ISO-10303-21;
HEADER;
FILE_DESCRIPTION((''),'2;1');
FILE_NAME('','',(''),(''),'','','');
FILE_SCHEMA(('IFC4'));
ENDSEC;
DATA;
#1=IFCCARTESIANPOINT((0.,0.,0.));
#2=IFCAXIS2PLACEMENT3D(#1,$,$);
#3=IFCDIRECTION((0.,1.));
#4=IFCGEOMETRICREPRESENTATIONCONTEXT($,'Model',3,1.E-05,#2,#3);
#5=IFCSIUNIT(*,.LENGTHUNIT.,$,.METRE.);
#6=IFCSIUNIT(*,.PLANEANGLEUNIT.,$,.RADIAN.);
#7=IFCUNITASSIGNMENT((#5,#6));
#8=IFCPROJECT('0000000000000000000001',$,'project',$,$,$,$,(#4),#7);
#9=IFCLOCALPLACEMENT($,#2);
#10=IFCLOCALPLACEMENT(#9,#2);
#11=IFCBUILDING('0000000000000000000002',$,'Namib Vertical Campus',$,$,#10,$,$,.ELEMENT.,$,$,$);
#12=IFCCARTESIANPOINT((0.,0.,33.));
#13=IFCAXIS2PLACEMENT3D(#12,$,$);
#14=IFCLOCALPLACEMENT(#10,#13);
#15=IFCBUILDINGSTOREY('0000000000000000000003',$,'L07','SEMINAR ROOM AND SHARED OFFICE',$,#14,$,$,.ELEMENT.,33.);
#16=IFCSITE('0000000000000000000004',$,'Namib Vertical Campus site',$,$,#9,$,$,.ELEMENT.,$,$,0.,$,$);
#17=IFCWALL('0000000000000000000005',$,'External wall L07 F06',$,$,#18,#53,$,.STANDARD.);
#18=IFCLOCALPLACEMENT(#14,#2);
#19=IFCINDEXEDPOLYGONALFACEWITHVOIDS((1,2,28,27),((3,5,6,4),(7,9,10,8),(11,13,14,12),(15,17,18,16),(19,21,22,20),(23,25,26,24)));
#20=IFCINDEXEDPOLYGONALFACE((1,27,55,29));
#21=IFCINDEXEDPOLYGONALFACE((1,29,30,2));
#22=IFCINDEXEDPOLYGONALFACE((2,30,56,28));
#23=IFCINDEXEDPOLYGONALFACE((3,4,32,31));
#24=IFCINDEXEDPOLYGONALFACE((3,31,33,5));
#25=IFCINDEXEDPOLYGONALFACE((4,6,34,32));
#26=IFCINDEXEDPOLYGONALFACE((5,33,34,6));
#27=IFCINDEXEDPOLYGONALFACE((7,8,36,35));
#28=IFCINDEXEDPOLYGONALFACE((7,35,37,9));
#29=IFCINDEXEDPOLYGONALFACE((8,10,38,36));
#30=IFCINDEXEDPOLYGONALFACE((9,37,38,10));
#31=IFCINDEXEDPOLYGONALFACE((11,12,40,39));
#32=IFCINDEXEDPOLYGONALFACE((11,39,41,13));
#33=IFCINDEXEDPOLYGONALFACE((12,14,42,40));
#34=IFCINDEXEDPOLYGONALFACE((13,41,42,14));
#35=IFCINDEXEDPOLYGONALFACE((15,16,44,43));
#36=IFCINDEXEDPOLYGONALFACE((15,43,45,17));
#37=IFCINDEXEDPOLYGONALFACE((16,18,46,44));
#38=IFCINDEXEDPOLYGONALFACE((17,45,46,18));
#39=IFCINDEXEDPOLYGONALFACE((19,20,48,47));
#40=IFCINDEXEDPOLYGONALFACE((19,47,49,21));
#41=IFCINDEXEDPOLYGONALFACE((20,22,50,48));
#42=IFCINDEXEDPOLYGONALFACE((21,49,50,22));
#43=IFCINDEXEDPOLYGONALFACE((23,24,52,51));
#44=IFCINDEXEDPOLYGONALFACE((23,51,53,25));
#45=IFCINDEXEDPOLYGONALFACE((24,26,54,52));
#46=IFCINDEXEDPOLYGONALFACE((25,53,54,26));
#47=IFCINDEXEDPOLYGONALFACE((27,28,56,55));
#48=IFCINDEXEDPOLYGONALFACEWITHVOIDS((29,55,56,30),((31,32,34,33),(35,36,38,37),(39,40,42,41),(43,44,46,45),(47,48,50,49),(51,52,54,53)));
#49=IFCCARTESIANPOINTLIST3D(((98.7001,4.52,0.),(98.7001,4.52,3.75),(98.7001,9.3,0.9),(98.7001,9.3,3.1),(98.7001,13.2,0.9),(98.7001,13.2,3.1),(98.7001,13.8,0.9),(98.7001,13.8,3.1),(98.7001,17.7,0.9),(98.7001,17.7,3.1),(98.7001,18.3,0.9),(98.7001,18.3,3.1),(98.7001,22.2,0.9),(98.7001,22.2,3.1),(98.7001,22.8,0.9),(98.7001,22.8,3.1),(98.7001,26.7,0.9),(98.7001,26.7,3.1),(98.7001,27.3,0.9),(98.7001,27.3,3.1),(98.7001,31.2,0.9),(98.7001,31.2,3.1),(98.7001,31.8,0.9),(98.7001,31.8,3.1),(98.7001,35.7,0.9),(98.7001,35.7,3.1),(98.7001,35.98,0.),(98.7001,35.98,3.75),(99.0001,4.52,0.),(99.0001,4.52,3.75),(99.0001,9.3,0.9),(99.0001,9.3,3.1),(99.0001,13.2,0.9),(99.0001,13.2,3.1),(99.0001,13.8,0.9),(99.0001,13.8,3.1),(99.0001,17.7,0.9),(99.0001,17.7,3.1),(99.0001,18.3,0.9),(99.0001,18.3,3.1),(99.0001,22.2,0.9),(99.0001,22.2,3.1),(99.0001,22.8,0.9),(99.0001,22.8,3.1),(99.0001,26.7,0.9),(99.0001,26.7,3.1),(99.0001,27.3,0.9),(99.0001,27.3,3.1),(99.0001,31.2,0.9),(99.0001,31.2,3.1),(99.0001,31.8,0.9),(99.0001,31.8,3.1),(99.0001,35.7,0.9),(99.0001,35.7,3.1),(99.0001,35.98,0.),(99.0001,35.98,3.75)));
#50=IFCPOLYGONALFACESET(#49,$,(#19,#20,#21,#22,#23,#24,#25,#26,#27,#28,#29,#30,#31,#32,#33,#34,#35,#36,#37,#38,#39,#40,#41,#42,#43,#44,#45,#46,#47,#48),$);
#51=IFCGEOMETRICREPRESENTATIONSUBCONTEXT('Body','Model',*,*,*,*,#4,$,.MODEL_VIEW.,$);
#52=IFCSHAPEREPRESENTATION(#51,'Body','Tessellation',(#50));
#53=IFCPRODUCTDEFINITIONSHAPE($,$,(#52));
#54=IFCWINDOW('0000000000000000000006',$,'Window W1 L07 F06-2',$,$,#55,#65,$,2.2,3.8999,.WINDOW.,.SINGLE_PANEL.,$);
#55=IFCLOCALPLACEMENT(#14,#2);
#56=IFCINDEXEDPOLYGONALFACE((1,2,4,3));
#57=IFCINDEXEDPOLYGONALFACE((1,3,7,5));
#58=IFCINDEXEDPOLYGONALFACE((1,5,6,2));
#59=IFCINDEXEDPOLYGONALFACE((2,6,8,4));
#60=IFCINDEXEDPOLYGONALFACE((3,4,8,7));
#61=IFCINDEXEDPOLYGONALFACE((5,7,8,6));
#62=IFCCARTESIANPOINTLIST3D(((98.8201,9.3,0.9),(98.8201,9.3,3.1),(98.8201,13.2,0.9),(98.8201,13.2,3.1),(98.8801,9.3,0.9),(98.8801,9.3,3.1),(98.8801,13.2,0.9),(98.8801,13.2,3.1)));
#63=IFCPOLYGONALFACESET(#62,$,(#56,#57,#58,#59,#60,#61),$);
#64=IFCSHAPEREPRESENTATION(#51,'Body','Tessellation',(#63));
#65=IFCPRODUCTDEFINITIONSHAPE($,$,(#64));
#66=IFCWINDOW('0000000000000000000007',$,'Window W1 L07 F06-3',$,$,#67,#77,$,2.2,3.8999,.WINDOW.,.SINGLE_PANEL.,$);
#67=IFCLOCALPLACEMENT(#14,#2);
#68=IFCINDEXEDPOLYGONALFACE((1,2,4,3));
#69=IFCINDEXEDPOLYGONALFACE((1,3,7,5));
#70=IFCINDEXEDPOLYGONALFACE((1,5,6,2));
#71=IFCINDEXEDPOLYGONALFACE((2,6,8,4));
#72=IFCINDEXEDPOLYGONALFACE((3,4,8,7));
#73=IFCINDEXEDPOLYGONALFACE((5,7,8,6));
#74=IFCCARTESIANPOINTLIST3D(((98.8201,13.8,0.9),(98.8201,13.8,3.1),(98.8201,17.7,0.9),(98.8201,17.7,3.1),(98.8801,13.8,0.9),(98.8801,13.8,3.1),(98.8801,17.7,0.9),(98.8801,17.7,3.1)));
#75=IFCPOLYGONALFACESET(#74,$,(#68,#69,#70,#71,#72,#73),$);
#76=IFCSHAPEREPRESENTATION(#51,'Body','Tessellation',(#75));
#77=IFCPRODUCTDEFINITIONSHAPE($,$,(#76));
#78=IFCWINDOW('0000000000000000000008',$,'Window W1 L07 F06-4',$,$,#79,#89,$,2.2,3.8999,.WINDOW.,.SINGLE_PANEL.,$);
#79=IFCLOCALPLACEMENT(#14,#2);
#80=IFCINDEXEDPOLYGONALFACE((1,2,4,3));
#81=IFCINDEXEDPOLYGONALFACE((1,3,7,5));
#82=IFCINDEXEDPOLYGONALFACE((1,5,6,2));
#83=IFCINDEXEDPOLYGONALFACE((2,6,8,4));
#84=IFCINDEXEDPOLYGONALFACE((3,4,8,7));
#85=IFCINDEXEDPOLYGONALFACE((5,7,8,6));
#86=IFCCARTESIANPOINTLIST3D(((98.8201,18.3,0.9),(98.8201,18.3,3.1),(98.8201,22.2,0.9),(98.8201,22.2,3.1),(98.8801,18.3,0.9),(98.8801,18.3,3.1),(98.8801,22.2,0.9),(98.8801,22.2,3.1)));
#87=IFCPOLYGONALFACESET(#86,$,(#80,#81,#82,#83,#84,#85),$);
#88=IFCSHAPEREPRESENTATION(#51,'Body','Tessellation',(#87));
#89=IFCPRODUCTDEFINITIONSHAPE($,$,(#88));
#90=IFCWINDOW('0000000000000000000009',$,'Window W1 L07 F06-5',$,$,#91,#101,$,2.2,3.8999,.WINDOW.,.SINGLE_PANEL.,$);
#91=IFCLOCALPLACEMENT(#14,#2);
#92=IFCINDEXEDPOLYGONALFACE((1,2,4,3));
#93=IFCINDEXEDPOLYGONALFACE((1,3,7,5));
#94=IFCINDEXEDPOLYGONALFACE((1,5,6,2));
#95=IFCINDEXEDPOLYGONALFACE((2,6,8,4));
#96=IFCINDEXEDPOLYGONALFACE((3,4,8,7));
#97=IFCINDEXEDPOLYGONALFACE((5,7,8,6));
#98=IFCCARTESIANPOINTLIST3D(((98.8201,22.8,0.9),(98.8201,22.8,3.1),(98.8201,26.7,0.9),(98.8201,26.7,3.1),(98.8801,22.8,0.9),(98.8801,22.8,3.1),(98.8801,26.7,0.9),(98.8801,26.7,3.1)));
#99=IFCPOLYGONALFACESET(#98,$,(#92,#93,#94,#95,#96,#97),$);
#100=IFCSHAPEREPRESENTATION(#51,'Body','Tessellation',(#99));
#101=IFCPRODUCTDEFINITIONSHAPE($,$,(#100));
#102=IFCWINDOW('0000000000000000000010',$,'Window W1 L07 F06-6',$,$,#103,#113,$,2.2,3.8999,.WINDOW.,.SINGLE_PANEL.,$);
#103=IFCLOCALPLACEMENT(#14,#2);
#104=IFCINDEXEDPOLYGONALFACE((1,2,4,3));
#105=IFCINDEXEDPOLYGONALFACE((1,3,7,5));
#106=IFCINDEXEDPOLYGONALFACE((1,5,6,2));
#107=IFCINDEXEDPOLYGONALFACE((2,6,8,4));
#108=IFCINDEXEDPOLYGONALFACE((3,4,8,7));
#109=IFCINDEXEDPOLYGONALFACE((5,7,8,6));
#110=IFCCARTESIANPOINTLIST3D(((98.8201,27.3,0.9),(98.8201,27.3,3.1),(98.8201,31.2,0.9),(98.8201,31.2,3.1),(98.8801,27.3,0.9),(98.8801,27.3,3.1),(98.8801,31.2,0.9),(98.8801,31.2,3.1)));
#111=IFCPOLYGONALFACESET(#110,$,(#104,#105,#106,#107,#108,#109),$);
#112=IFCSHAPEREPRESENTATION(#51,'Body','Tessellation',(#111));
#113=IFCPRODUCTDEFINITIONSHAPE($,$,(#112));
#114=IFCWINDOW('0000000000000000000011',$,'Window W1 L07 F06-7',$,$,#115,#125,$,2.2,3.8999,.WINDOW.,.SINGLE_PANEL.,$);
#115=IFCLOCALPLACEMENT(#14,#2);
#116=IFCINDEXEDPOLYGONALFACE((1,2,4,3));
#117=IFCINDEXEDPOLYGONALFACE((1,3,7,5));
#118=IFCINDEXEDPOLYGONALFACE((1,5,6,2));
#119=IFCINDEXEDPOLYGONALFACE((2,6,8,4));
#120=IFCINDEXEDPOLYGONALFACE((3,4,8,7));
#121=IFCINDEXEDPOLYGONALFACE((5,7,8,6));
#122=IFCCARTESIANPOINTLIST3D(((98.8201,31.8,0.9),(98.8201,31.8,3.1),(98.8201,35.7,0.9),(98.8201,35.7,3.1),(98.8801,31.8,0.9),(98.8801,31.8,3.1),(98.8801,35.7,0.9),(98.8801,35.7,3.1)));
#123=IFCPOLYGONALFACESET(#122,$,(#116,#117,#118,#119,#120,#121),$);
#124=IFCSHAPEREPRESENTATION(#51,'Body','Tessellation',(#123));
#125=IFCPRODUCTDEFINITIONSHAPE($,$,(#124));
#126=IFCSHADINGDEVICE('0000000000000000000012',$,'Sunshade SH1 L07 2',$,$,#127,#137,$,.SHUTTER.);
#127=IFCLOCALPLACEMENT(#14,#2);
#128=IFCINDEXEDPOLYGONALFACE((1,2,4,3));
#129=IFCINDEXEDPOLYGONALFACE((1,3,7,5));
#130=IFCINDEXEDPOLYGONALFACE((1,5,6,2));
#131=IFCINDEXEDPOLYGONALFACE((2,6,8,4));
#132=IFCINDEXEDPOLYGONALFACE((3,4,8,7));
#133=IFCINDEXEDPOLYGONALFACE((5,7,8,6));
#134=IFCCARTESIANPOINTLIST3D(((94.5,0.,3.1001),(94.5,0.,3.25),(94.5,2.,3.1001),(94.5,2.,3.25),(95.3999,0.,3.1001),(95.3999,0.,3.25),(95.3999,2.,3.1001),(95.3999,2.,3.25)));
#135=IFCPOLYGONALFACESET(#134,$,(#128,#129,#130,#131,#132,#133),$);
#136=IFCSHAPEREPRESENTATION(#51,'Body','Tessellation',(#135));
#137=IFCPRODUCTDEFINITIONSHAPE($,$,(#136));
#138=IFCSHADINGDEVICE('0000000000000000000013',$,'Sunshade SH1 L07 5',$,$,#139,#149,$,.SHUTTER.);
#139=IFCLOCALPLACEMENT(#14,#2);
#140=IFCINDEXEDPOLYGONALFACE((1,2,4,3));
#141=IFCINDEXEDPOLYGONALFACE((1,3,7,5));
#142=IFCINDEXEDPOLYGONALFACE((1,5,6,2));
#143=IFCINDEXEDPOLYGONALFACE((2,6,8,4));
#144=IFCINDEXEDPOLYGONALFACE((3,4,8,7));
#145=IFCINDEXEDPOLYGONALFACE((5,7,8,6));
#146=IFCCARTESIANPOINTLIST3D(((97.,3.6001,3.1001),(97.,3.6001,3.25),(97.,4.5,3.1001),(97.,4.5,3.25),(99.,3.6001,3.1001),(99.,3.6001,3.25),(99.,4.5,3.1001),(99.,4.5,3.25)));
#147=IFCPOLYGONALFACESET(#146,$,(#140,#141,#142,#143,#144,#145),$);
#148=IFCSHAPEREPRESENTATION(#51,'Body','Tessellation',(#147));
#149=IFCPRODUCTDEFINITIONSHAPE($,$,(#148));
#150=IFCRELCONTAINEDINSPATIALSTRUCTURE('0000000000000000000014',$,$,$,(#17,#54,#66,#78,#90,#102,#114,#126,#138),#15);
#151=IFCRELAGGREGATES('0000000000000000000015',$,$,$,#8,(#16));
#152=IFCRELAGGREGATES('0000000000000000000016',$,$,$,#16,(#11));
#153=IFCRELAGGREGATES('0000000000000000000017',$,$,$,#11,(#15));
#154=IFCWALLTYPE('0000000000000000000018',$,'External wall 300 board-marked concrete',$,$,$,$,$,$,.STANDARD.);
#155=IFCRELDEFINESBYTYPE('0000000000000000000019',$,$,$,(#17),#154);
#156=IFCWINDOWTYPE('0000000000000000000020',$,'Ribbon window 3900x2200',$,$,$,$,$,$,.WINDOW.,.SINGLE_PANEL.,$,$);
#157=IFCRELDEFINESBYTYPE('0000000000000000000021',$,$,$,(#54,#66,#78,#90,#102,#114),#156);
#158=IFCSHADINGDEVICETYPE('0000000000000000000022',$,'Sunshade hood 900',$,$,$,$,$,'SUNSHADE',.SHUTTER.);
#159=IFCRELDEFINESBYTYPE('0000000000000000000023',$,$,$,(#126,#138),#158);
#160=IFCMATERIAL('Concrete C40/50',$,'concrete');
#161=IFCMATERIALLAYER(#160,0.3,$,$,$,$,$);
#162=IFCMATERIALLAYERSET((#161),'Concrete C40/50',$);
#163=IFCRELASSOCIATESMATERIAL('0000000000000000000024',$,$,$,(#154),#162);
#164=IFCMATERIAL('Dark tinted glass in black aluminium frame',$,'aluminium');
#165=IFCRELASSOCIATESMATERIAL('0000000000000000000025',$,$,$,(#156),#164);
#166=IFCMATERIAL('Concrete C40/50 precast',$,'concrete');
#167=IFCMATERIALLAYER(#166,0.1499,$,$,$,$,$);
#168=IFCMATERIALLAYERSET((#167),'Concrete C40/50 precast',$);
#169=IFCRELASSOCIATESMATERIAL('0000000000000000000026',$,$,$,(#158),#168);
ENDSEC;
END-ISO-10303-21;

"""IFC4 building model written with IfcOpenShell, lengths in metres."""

from ifc_helpers import new_model, si_unit, direction, frame, frame_2d, origin, origin_2d, place, context, subcontext, project, spatial, rectangle, extrude, material, layer, layer_set, type_object, element, fill, save


model = new_model("IFC4")

# Units and contexts
model_context = context("Model", 3, precision=1e-05, world=origin(), true_north=direction((0.0, 1.0)))
body_context = subcontext(model_context, "Body", "Model", "MODEL_VIEW")
ifc_project = project(units=[si_unit("LENGTHUNIT", "METRE"), si_unit("PLANEANGLEUNIT", "RADIAN")], contexts=[model_context])

# Site, building, storey
site_placement = place(None, origin())
site = spatial("IfcSite", under=ifc_project, at=site_placement, Name="Namib Vertical Campus site", CompositionType="ELEMENT", RefElevation=0.0)
building_placement = place(site_placement, origin())
building = spatial("IfcBuilding", under=site, at=building_placement, Name="Namib Vertical Campus", CompositionType="ELEMENT")
storey_placement = place(building_placement, frame((0.0, 0.0, 33.0)))
storey = spatial("IfcBuildingStorey", under=building, at=storey_placement, Name="L07", Description="SEMINAR ROOM AND SHARED OFFICE", CompositionType="ELEMENT", Elevation=33.0)

# Shared definitions
ifc_material_1 = material(Name="Concrete C40/50", Category="concrete")
ifc_layer_1 = layer(ifc_material_1, 0.3)
ifc_layer_set_1 = layer_set([ifc_layer_1], Name="Concrete C40/50")
wall_type = type_object("IfcWallType", Name="External wall 300 board-marked concrete", PredefinedType="STANDARD", material=ifc_layer_set_1)

# Wall, openings, windows
wall_1_placement = place(storey_placement, frame((98.8501, 4.52, 0.0), z_axis=(0.0, 0.0, 1.0), x_axis=(0.0, 1.0, 0.0)))
wall_1 = element("IfcWall", 1, at=wall_1_placement, inside=storey, type_object=wall_type, Name="External wall L07 F06", PredefinedType="STANDARD", context=body_context, shape_type="SweptSolid", body=[
    extrude(rectangle(XDim=31.46, YDim=0.3, at=frame_2d((15.73, 0.0))), origin(), (0.0, 0.0, 1.0), 3.75),
])
opening_1_placement = place(wall_1_placement, frame((4.78, 0.0, 0.8999)))
opening_1 = element("IfcOpeningElement", 2, at=opening_1_placement, cuts=wall_1, PredefinedType="OPENING", context=body_context, shape_type="SweptSolid", body=[
    extrude(rectangle(XDim=3.8999, YDim=2.2, at=frame_2d((1.95, 1.1001))), frame((0.0, 0.1599, 0.0), z_axis=(0.0, -1.0, 0.0), x_axis=(1.0, 0.0, 0.0)), (0.0, 0.0, 1.0), 0.3201),
])
opening_2_placement = place(wall_1_placement, frame((9.28, 0.0, 0.8999)))
opening_2 = element("IfcOpeningElement", 3, at=opening_2_placement, cuts=wall_1, PredefinedType="OPENING", context=body_context, shape_type="SweptSolid", body=[
    extrude(rectangle(XDim=3.8999, YDim=2.2, at=frame_2d((1.95, 1.1001))), frame((0.0, 0.1599, 0.0), z_axis=(0.0, -1.0, 0.0), x_axis=(1.0, 0.0, 0.0)), (0.0, 0.0, 1.0), 0.3201),
])
opening_3_placement = place(wall_1_placement, frame((13.78, 0.0, 0.8999)))
opening_3 = element("IfcOpeningElement", 4, at=opening_3_placement, cuts=wall_1, PredefinedType="OPENING", context=body_context, shape_type="SweptSolid", body=[
    extrude(rectangle(XDim=3.8999, YDim=2.2, at=frame_2d((1.95, 1.1001))), frame((0.0, 0.1599, 0.0), z_axis=(0.0, -1.0, 0.0), x_axis=(1.0, 0.0, 0.0)), (0.0, 0.0, 1.0), 0.3201),
])
opening_4_placement = place(wall_1_placement, frame((18.28, 0.0, 0.8999)))
opening_4 = element("IfcOpeningElement", 5, at=opening_4_placement, cuts=wall_1, PredefinedType="OPENING", context=body_context, shape_type="SweptSolid", body=[
    extrude(rectangle(XDim=3.8999, YDim=2.2, at=frame_2d((1.95, 1.1001))), frame((0.0, 0.1599, 0.0), z_axis=(0.0, -1.0, 0.0), x_axis=(1.0, 0.0, 0.0)), (0.0, 0.0, 1.0), 0.3201),
])
opening_5_placement = place(wall_1_placement, frame((22.78, 0.0, 0.8999)))
opening_5 = element("IfcOpeningElement", 6, at=opening_5_placement, cuts=wall_1, PredefinedType="OPENING", context=body_context, shape_type="SweptSolid", body=[
    extrude(rectangle(XDim=3.8999, YDim=2.2, at=frame_2d((1.95, 1.1001))), frame((0.0, 0.1599, 0.0), z_axis=(0.0, -1.0, 0.0), x_axis=(1.0, 0.0, 0.0)), (0.0, 0.0, 1.0), 0.3201),
])
opening_6_placement = place(wall_1_placement, frame((27.28, 0.0, 0.8999)))
opening_6 = element("IfcOpeningElement", 7, at=opening_6_placement, cuts=wall_1, PredefinedType="OPENING", context=body_context, shape_type="SweptSolid", body=[
    extrude(rectangle(XDim=3.8999, YDim=2.2, at=frame_2d((1.95, 1.1001))), frame((0.0, 0.1599, 0.0), z_axis=(0.0, -1.0, 0.0), x_axis=(1.0, 0.0, 0.0)), (0.0, 0.0, 1.0), 0.3201),
])
ifc_material_2 = material(Name="Dark tinted glass in black aluminium frame", Category="aluminium")
window_type = type_object("IfcWindowType", Name="Ribbon window 3900x2200", PartitioningType="SINGLE_PANEL", PredefinedType="WINDOW", material=ifc_material_2)
window_1_placement = place(opening_1_placement, origin())
window_1 = element("IfcWindow", 8, at=window_1_placement, inside=storey, type_object=window_type, Name="Window W1 L07 F06-2", OverallHeight=2.2, OverallWidth=3.8999, PartitioningType="SINGLE_PANEL", PredefinedType="WINDOW", context=body_context, shape_type="SweptSolid", body=[
    extrude(rectangle(XDim=3.8999, YDim=2.2, at=frame_2d((1.95, 1.1001))), frame((0.0, 0.03, 0.0), z_axis=(0.0, -1.0, 0.0), x_axis=(1.0, 0.0, 0.0)), (0.0, 0.0, 1.0), 0.0601),
])
fill(opening_1, window_1)
window_2_placement = place(opening_2_placement, origin())
window_2 = element("IfcWindow", 9, at=window_2_placement, inside=storey, type_object=window_type, Name="Window W1 L07 F06-3", OverallHeight=2.2, OverallWidth=3.8999, PartitioningType="SINGLE_PANEL", PredefinedType="WINDOW", context=body_context, shape_type="SweptSolid", body=[
    extrude(rectangle(XDim=3.8999, YDim=2.2, at=frame_2d((1.95, 1.1001))), frame((0.0, 0.03, 0.0), z_axis=(0.0, -1.0, 0.0), x_axis=(1.0, 0.0, 0.0)), (0.0, 0.0, 1.0), 0.0601),
])
fill(opening_2, window_2)
window_3_placement = place(opening_3_placement, origin())
window_3 = element("IfcWindow", 10, at=window_3_placement, inside=storey, type_object=window_type, Name="Window W1 L07 F06-4", OverallHeight=2.2, OverallWidth=3.8999, PartitioningType="SINGLE_PANEL", PredefinedType="WINDOW", context=body_context, shape_type="SweptSolid", body=[
    extrude(rectangle(XDim=3.8999, YDim=2.2, at=frame_2d((1.95, 1.1001))), frame((0.0, 0.03, 0.0), z_axis=(0.0, -1.0, 0.0), x_axis=(1.0, 0.0, 0.0)), (0.0, 0.0, 1.0), 0.0601),
])
fill(opening_3, window_3)
window_4_placement = place(opening_4_placement, origin())
window_4 = element("IfcWindow", 11, at=window_4_placement, inside=storey, type_object=window_type, Name="Window W1 L07 F06-5", OverallHeight=2.2, OverallWidth=3.8999, PartitioningType="SINGLE_PANEL", PredefinedType="WINDOW", context=body_context, shape_type="SweptSolid", body=[
    extrude(rectangle(XDim=3.8999, YDim=2.2, at=frame_2d((1.95, 1.1001))), frame((0.0, 0.03, 0.0), z_axis=(0.0, -1.0, 0.0), x_axis=(1.0, 0.0, 0.0)), (0.0, 0.0, 1.0), 0.0601),
])
fill(opening_4, window_4)
window_5_placement = place(opening_5_placement, origin())
window_5 = element("IfcWindow", 12, at=window_5_placement, inside=storey, type_object=window_type, Name="Window W1 L07 F06-6", OverallHeight=2.2, OverallWidth=3.8999, PartitioningType="SINGLE_PANEL", PredefinedType="WINDOW", context=body_context, shape_type="SweptSolid", body=[
    extrude(rectangle(XDim=3.8999, YDim=2.2, at=frame_2d((1.95, 1.1001))), frame((0.0, 0.03, 0.0), z_axis=(0.0, -1.0, 0.0), x_axis=(1.0, 0.0, 0.0)), (0.0, 0.0, 1.0), 0.0601),
])
fill(opening_5, window_5)
window_6_placement = place(opening_6_placement, origin())
window_6 = element("IfcWindow", 13, at=window_6_placement, inside=storey, type_object=window_type, Name="Window W1 L07 F06-7", OverallHeight=2.2, OverallWidth=3.8999, PartitioningType="SINGLE_PANEL", PredefinedType="WINDOW", context=body_context, shape_type="SweptSolid", body=[
    extrude(rectangle(XDim=3.8999, YDim=2.2, at=frame_2d((1.95, 1.1001))), frame((0.0, 0.03, 0.0), z_axis=(0.0, -1.0, 0.0), x_axis=(1.0, 0.0, 0.0)), (0.0, 0.0, 1.0), 0.0601),
])
fill(opening_6, window_6)

# Shading devices
ifc_material_3 = material(Name="Concrete C40/50 precast", Category="concrete")
ifc_layer_2 = layer(ifc_material_3, 0.1499)
ifc_layer_set_2 = layer_set([ifc_layer_2], Name="Concrete C40/50 precast")
shading_device_type = type_object("IfcShadingDeviceType", Name="Sunshade hood 900", ElementType="SUNSHADE", PredefinedType="SHUTTER", material=ifc_layer_set_2)
for number, where, z_axis, x_axis, name in (
    (14, (94.95, 1.0, 3.1001), (0.0, 0.0, 1.0), (0.0, 1.0, 0.0), "Sunshade SH1 L07 2"),
    (15, (98.0, 4.05, 3.1001), (0.0, 0.0, 1.0), (1.0, 0.0, 0.0), "Sunshade SH1 L07 5"),
):
    element("IfcShadingDevice", number, at=place(storey_placement, frame(where, z_axis=z_axis, x_axis=x_axis)), inside=storey, type_object=shading_device_type, Name=name, PredefinedType="SHUTTER", context=body_context, shape_type="SweptSolid", body=[
        extrude(rectangle(XDim=2.0, YDim=0.8999, at=origin_2d()), origin(), (0.0, 0.0, 1.0), 0.1499),
    ])

save(model, "model.ifc")
